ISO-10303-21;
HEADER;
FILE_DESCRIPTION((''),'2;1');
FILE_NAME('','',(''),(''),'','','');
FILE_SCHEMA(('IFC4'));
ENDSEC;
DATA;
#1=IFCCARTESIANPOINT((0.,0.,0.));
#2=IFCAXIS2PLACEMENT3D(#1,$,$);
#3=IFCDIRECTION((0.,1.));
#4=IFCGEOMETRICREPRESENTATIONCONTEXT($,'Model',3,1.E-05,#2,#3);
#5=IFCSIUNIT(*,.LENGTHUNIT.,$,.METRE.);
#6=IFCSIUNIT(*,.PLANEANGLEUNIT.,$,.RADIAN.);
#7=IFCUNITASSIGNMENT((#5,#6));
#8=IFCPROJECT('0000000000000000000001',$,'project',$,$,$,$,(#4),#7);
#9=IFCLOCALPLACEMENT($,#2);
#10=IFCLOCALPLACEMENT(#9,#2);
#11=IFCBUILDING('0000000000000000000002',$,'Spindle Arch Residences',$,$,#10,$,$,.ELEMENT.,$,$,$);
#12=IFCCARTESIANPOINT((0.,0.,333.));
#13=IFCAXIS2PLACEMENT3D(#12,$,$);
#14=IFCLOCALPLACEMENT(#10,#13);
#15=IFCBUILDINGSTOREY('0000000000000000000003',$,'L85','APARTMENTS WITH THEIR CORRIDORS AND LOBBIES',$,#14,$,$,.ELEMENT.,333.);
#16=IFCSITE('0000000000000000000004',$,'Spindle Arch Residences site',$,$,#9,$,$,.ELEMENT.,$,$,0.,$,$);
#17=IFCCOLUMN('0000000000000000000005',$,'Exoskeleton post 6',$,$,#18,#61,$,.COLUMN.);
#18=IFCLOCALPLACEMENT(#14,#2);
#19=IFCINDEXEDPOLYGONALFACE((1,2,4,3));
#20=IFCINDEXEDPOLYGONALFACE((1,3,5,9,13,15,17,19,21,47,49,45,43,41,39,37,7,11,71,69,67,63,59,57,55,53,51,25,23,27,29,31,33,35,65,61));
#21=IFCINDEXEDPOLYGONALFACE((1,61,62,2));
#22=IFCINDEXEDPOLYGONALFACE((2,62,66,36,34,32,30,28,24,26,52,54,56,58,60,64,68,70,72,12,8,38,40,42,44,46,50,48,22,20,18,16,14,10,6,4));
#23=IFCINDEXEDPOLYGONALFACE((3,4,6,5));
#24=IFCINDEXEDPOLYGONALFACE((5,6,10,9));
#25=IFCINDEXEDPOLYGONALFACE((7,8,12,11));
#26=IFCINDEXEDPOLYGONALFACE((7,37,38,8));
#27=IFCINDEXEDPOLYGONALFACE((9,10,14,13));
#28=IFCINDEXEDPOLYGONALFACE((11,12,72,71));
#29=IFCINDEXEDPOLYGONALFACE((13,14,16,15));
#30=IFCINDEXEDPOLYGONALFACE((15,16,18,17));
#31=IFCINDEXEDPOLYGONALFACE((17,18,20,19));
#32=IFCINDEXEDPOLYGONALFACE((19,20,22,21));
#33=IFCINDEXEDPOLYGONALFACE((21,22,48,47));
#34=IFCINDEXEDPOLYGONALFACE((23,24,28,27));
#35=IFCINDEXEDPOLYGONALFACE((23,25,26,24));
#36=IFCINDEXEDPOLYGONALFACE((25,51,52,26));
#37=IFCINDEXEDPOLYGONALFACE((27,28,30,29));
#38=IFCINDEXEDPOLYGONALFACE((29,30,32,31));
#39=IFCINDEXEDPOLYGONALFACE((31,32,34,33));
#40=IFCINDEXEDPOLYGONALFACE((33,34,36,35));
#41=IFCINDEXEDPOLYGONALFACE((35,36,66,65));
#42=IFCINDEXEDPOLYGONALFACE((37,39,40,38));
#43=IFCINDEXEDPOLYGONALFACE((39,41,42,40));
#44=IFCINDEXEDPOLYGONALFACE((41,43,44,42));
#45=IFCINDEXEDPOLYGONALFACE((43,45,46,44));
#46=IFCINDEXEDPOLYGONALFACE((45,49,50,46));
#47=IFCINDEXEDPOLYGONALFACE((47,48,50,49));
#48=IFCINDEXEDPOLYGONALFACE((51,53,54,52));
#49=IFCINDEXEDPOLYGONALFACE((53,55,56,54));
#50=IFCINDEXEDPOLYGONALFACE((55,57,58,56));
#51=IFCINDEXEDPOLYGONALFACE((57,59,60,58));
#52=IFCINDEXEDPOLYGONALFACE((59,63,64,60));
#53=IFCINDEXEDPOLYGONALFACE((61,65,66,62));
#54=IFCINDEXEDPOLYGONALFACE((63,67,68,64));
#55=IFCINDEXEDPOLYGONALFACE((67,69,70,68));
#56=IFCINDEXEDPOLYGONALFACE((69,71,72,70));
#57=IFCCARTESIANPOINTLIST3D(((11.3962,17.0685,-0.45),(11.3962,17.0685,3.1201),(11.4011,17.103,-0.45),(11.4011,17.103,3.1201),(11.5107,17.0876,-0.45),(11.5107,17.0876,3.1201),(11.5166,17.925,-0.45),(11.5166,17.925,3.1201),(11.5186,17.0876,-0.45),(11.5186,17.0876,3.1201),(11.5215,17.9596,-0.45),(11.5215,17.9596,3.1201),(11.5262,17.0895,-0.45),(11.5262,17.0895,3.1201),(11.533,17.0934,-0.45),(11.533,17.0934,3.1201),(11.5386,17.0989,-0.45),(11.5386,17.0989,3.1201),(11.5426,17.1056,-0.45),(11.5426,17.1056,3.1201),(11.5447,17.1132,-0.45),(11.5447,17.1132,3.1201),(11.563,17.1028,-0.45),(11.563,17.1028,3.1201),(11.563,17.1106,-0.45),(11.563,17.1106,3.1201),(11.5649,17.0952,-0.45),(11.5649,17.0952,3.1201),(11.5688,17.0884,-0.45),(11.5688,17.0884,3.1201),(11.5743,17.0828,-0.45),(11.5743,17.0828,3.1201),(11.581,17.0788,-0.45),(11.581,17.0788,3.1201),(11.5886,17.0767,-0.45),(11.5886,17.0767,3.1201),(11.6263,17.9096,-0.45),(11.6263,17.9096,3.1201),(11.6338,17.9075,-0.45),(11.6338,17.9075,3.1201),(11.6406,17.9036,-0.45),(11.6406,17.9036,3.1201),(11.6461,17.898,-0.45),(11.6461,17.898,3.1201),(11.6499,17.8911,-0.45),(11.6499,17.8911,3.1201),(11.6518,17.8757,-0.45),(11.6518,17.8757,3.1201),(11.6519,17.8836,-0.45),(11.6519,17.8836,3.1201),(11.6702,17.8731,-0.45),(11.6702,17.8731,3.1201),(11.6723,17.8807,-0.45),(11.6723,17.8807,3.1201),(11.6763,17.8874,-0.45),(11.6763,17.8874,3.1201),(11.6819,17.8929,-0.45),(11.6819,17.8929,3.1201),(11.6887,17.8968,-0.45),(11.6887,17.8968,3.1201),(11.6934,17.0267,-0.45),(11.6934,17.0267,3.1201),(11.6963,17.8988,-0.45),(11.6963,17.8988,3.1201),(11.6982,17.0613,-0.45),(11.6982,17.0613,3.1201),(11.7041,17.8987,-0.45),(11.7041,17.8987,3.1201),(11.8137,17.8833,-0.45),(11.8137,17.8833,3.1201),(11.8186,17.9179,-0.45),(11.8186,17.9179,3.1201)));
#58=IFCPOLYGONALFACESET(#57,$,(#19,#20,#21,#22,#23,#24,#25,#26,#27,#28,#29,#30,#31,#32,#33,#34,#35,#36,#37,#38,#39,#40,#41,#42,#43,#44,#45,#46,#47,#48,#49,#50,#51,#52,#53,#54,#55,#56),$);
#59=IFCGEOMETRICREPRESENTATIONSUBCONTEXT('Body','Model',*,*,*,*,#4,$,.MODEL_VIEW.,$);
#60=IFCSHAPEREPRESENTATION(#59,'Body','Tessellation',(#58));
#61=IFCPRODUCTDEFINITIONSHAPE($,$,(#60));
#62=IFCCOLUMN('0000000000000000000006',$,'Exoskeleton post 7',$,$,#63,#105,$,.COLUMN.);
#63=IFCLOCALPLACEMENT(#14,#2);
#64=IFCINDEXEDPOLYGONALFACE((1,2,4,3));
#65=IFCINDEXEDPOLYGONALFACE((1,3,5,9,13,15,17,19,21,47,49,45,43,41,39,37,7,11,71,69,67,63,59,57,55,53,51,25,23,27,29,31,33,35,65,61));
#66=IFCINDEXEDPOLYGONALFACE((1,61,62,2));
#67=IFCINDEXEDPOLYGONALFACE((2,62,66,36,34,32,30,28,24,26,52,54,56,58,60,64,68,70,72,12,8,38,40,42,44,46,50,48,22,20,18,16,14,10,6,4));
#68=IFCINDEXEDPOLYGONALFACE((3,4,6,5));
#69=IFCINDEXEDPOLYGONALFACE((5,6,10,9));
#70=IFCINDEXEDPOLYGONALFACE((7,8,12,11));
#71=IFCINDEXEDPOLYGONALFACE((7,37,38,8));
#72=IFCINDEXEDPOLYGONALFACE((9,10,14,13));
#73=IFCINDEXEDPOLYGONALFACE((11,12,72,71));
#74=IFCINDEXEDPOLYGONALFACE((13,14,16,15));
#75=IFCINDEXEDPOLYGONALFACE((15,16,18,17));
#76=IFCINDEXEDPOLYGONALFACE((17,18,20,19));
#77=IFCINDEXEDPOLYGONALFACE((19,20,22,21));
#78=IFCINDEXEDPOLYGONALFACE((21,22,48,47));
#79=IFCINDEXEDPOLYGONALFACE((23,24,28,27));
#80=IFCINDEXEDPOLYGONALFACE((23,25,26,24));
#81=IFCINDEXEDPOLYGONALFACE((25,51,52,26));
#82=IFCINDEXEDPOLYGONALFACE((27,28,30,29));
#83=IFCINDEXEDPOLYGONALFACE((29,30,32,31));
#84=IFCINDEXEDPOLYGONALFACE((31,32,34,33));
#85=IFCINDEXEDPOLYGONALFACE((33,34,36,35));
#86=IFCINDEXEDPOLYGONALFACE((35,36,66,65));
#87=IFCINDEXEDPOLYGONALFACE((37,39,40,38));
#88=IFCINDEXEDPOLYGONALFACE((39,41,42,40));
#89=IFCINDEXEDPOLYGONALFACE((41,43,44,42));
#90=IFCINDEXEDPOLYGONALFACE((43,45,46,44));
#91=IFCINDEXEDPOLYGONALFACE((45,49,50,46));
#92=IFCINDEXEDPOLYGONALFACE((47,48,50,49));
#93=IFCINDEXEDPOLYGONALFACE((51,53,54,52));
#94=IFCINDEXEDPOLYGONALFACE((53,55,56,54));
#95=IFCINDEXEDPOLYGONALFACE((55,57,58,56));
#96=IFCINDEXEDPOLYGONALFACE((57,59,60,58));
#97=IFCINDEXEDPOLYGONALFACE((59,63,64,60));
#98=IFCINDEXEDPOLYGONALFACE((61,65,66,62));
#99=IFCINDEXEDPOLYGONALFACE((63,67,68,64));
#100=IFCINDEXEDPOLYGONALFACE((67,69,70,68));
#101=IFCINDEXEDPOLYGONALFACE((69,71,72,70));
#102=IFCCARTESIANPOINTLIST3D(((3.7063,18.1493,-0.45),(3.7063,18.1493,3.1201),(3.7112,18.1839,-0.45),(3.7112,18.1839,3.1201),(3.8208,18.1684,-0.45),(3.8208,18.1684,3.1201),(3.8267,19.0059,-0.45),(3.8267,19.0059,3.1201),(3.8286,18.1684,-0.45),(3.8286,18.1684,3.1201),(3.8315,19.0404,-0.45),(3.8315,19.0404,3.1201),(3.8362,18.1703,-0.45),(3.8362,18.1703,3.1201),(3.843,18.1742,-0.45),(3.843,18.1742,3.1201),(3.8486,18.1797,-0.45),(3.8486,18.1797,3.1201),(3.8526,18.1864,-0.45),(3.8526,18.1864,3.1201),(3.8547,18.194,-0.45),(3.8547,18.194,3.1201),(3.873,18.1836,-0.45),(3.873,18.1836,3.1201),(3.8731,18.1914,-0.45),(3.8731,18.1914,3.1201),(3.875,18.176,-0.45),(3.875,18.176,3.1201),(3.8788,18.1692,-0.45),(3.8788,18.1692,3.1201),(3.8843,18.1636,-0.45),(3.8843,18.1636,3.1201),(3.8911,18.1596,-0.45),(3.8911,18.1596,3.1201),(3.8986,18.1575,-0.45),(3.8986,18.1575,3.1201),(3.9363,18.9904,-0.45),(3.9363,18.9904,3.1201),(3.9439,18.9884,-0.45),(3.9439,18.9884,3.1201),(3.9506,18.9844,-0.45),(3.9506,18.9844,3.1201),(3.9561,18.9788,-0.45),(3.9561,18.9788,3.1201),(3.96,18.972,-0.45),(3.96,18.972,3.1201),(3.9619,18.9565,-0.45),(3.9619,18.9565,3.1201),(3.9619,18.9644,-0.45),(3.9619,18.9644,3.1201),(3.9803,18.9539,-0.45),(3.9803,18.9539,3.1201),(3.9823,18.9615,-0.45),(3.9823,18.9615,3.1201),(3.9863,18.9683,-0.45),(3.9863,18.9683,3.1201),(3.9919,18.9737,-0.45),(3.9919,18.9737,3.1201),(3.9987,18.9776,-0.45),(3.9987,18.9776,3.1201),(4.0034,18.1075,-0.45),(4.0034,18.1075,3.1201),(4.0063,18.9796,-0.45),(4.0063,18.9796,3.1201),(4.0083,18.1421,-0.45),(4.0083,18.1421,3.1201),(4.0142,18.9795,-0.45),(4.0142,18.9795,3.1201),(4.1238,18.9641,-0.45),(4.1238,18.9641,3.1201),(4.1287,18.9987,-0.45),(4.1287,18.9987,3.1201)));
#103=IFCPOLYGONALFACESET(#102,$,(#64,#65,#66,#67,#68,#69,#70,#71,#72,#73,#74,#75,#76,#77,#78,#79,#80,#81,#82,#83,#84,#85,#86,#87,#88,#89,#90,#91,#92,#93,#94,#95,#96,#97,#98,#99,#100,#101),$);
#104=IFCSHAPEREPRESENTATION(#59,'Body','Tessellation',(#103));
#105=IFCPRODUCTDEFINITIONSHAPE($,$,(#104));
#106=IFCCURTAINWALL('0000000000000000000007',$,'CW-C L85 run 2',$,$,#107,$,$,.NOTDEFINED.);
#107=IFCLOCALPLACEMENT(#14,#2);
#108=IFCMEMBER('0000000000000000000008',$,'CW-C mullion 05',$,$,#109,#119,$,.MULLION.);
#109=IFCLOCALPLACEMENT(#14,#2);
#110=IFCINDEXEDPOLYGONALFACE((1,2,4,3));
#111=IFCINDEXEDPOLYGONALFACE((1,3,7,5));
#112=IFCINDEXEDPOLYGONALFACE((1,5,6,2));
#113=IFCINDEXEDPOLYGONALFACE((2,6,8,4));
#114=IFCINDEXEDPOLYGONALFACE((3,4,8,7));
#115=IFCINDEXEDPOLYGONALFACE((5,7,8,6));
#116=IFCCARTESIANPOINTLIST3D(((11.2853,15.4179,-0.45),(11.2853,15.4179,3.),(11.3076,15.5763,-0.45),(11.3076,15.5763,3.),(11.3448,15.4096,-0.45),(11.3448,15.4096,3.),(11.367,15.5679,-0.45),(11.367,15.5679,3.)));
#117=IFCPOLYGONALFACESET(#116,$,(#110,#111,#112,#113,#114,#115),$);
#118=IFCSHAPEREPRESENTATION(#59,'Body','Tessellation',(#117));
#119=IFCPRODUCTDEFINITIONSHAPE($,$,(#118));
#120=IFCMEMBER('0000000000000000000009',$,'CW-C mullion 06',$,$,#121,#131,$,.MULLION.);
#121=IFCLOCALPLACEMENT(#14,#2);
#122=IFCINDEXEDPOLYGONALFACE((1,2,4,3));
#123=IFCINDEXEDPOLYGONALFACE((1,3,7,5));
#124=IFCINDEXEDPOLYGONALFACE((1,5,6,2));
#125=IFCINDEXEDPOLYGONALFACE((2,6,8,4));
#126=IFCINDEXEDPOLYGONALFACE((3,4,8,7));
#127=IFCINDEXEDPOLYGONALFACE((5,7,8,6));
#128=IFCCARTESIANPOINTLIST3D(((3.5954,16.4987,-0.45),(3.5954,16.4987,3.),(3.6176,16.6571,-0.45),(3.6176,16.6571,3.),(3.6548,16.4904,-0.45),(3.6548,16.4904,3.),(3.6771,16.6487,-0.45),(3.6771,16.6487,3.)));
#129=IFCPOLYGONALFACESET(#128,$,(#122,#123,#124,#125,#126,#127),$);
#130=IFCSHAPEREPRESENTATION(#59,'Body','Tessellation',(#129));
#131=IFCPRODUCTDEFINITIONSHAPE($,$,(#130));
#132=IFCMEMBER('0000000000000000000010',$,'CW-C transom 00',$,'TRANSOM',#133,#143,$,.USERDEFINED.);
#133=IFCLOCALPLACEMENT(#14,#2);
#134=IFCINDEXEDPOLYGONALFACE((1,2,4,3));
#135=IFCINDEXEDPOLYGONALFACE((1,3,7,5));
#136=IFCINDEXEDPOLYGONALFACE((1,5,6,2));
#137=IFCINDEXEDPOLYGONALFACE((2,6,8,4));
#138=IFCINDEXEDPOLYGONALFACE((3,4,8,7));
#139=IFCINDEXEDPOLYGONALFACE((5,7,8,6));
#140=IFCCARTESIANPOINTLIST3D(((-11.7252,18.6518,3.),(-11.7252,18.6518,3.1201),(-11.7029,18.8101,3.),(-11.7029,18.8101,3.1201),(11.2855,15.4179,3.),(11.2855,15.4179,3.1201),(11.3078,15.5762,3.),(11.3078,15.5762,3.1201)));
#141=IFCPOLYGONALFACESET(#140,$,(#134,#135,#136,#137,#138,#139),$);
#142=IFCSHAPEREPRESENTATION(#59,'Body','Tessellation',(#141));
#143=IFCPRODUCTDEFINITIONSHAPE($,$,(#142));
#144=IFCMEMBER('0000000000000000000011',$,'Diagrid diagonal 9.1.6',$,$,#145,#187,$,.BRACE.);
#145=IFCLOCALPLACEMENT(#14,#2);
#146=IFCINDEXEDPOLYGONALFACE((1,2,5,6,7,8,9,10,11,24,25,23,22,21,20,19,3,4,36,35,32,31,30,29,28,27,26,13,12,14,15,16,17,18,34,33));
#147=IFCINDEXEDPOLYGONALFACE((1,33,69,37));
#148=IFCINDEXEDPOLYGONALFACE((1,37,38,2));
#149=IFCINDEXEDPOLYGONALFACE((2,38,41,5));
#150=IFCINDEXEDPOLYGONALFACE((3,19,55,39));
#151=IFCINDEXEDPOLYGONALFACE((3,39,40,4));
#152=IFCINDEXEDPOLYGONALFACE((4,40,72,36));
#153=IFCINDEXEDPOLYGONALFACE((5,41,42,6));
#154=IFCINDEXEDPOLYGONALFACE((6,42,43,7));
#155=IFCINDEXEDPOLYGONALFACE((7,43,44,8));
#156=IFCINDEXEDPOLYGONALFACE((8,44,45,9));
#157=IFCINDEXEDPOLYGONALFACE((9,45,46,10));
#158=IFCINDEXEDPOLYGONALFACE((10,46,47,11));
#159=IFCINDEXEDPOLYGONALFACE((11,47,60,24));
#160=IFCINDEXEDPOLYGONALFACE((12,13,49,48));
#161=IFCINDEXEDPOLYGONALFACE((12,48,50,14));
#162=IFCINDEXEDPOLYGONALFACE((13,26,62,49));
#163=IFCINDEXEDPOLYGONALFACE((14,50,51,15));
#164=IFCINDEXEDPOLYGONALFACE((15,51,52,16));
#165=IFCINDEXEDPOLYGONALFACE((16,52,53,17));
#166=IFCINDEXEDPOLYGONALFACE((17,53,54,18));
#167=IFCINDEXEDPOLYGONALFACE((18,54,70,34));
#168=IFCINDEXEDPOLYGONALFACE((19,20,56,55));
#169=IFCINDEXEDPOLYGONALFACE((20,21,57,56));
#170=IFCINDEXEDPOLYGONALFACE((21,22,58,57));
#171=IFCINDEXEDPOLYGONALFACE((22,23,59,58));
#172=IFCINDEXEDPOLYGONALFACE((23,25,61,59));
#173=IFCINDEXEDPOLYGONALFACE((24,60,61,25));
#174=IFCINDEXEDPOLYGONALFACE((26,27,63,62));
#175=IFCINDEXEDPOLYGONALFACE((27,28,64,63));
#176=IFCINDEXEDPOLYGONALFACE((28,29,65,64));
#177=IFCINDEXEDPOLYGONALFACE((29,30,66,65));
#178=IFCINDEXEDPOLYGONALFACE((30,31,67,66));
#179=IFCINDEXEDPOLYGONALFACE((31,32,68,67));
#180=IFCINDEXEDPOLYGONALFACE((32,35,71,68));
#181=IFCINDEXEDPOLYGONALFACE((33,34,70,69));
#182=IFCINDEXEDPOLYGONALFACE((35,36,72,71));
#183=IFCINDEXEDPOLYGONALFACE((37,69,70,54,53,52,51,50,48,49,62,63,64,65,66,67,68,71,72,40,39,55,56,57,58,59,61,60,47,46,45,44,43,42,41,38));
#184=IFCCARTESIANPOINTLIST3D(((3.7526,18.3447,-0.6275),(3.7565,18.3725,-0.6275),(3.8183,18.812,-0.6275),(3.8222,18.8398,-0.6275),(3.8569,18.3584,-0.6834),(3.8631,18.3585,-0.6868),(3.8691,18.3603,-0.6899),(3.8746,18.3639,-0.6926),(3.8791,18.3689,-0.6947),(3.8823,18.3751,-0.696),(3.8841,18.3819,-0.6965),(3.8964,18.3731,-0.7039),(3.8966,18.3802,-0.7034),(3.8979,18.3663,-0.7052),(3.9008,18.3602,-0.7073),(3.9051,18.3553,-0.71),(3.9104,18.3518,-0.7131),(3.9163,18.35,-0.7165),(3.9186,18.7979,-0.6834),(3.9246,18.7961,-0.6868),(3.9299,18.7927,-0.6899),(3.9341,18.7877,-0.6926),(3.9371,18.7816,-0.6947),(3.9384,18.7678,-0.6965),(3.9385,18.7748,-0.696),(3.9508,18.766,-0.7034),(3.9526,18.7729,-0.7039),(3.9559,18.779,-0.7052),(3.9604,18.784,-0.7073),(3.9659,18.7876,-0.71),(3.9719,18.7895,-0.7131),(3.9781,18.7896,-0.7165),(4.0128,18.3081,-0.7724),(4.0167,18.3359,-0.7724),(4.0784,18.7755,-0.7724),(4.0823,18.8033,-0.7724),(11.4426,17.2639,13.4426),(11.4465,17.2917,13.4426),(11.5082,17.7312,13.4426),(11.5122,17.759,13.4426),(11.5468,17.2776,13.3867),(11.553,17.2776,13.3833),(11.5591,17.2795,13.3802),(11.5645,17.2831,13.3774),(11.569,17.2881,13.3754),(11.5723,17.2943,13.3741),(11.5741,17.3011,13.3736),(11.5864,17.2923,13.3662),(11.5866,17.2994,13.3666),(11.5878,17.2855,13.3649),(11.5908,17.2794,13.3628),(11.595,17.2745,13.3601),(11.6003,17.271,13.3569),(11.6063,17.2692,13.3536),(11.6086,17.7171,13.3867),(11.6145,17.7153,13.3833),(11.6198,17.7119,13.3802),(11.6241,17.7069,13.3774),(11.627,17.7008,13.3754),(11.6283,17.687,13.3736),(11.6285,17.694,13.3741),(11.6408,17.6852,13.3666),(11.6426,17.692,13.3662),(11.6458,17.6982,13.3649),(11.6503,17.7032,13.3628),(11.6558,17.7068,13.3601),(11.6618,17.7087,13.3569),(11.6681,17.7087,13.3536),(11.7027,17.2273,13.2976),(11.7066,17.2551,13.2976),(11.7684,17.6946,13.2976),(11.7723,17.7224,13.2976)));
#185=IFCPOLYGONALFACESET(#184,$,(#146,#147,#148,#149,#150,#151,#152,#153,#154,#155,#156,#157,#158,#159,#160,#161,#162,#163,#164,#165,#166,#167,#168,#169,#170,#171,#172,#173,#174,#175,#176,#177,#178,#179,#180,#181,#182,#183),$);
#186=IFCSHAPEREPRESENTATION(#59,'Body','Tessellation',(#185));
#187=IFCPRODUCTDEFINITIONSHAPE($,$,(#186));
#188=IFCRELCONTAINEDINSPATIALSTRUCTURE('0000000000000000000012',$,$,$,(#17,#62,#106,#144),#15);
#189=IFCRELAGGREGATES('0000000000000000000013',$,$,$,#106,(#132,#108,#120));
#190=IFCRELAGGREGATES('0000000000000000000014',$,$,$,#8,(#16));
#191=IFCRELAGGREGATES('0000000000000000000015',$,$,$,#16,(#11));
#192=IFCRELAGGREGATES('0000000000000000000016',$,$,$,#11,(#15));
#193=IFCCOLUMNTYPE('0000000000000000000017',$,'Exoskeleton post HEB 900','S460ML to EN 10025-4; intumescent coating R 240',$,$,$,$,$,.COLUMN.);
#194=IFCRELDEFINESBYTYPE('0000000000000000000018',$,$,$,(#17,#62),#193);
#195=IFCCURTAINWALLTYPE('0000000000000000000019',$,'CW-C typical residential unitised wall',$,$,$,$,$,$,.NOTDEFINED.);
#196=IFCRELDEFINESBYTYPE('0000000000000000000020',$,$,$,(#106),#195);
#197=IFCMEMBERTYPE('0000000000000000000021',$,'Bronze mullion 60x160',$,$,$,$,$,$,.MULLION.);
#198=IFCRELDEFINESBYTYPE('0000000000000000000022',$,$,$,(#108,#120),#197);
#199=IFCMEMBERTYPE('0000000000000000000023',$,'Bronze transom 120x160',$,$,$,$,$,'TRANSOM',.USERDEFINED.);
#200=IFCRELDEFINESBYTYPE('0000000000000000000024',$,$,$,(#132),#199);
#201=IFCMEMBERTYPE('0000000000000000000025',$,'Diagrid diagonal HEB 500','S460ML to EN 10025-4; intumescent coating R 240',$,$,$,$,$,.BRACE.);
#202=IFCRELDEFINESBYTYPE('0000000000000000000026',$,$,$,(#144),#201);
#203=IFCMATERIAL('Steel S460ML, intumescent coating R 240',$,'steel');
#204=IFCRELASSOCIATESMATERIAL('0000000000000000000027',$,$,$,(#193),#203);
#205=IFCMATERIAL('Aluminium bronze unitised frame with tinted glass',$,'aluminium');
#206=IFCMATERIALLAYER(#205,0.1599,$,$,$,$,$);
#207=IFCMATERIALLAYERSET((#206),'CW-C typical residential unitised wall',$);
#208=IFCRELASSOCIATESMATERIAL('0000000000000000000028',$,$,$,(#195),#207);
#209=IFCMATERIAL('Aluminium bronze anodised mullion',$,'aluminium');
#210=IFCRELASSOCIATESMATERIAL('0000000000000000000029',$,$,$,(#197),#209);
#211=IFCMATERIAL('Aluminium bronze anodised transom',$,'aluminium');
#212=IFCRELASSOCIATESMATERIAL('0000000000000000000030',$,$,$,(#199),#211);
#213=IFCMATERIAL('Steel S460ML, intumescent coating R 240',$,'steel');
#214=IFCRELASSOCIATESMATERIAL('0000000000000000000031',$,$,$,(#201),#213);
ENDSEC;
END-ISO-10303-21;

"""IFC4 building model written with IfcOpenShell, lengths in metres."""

from ifc_helpers import new_model, si_unit, direction, frame, origin, origin_2d, place, context, subcontext, project, spatial, rectangle, i_section, extrude, material, layer, layer_set, material_profile, profile_set, type_object, element, aggregate, save


model = new_model("IFC4")

# Units and contexts
model_context = context("Model", 3, precision=1e-05, world=origin(), true_north=direction((0.0, 1.0)))
body_context = subcontext(model_context, "Body", "Model", "MODEL_VIEW")
ifc_project = project(units=[si_unit("LENGTHUNIT", "METRE"), si_unit("PLANEANGLEUNIT", "RADIAN")], contexts=[model_context])

# Site, building, storey
site_placement = place(None, origin())
site = spatial("IfcSite", under=ifc_project, at=site_placement, Name="Spindle Arch Residences site", CompositionType="ELEMENT", RefElevation=0.0)
building_placement = place(site_placement, origin())
building = spatial("IfcBuilding", under=site, at=building_placement, Name="Spindle Arch Residences", CompositionType="ELEMENT")
storey_placement = place(building_placement, frame((0.0, 0.0, 333.0)))
storey = spatial("IfcBuildingStorey", under=building, at=storey_placement, Name="L85", Description="APARTMENTS WITH THEIR CORRIDORS AND LOBBIES", CompositionType="ELEMENT", Elevation=333.0)

# Columns
ifc_material_1 = material(Name="Steel S460ML, intumescent coating R 240", Category="steel")
ifc_material_profile_1 = material_profile(ifc_material_1, i_section(OverallWidth=0.3, OverallDepth=0.8999, WebThickness=0.0186, FlangeThickness=0.0349, FilletRadius=0.03, at=origin_2d()), Name="HEB 900")
ifc_profile_set_1 = profile_set([ifc_material_profile_1], Name="Steel S460ML, intumescent coating R 240")
column_type = type_object("IfcColumnType", Name="Exoskeleton post HEB 900", Description="S460ML to EN 10025-4; intumescent coating R 240", PredefinedType="COLUMN", material=ifc_profile_set_1)
for number, where, z_axis, x_axis, name in (
    (1, (11.6074, 17.4932, -0.45), (0.0, 0.0, 1.0), (0.990268, -0.139173, 0.0), "Exoskeleton post 6"),
    (2, (3.9175, 18.574, -0.45), (0.0, 0.0, 1.0), (0.990268, -0.139173, 0.0), "Exoskeleton post 7"),
):
    element("IfcColumn", number, at=place(storey_placement, frame(where, z_axis=z_axis, x_axis=x_axis)), inside=storey, type_object=column_type, Name=name, PredefinedType="COLUMN", context=body_context, shape_type="SweptSolid", body=[
        extrude(i_section(OverallWidth=0.3, OverallDepth=0.8999, WebThickness=0.0186, FlangeThickness=0.0349, FilletRadius=0.03, at=origin_2d()), origin(), (0.0, 0.0, 1.0), 3.5701),
    ])

# Curtain wall, members
ifc_material_2 = material(Name="Aluminium bronze unitised frame with tinted glass", Category="aluminium")
ifc_layer_1 = layer(ifc_material_2, 0.1599)
ifc_layer_set_1 = layer_set([ifc_layer_1], Name="CW-C typical residential unitised wall")
curtain_wall_type_1 = type_object("IfcCurtainWallType", Name="CW-C typical residential unitised wall", PredefinedType="NOTDEFINED", material=ifc_layer_set_1)
curtain_wall_1_placement = place(storey_placement, origin())
curtain_wall_1 = element("IfcCurtainWall", 3, at=curtain_wall_1_placement, inside=storey, type_object=curtain_wall_type_1, Name="CW-C L85 run 2", PredefinedType="NOTDEFINED")
ifc_material_3 = material(Name="Aluminium bronze anodised mullion", Category="aluminium")
ifc_material_profile_2 = material_profile(ifc_material_3, rectangle(XDim=0.1599, YDim=0.0601, at=origin_2d()), Name="MU 60x160")
ifc_profile_set_2 = profile_set([ifc_material_profile_2], Name="Aluminium bronze anodised mullion")
member_type_1 = type_object("IfcMemberType", Name="Bronze mullion 60x160", PredefinedType="MULLION", material=ifc_profile_set_2)
member_1_placement = place(storey_placement, frame((11.3262, 15.4929, -0.45), z_axis=(0.0, 0.0, 1.0), x_axis=(-0.139173, -0.990268, 0.0)))
member_1 = element("IfcMember", 4, at=member_1_placement, type_object=member_type_1, Name="CW-C mullion 05", PredefinedType="MULLION", context=body_context, shape_type="SweptSolid", body=[
    extrude(rectangle(XDim=0.1599, YDim=0.0601, at=origin_2d()), origin(), (0.0, 0.0, 1.0), 3.45),
])
member_2_placement = place(storey_placement, frame((3.6362, 16.5737, -0.45), z_axis=(0.0, 0.0, 1.0), x_axis=(-0.139173, -0.990268, 0.0)))
member_2 = element("IfcMember", 5, at=member_2_placement, type_object=member_type_1, Name="CW-C mullion 06", PredefinedType="MULLION", context=body_context, shape_type="SweptSolid", body=[
    extrude(rectangle(XDim=0.1599, YDim=0.0601, at=origin_2d()), origin(), (0.0, 0.0, 1.0), 3.45),
])
ifc_material_4 = material(Name="Aluminium bronze anodised transom", Category="aluminium")
ifc_material_profile_3 = material_profile(ifc_material_4, rectangle(XDim=0.1599, YDim=0.1201, at=origin_2d()), Name="TR 120x160")
ifc_profile_set_3 = profile_set([ifc_material_profile_3], Name="Aluminium bronze anodised transom")
member_type_2 = type_object("IfcMemberType", Name="Bronze transom 120x160", ElementType="TRANSOM", PredefinedType="USERDEFINED", material=ifc_profile_set_3)
member_3_placement = place(storey_placement, frame((11.2966, 15.4971, 3.0601), z_axis=(-0.990268, 0.13917, 0.0), x_axis=(-0.13917, -0.990268, 0.0)))
member_3 = element("IfcMember", 6, at=member_3_placement, type_object=member_type_2, Name="CW-C transom 00", ObjectType="TRANSOM", PredefinedType="USERDEFINED", context=body_context, shape_type="SweptSolid", body=[
    extrude(rectangle(XDim=0.1599, YDim=0.1201, at=origin_2d()), origin(), (0.0, 0.0, 1.0), 23.2368),
])

# Member
ifc_material_5 = material(Name="Steel S460ML, intumescent coating R 240", Category="steel")
ifc_material_profile_4 = material_profile(ifc_material_5, i_section(OverallWidth=0.3, OverallDepth=0.5, WebThickness=0.0144, FlangeThickness=0.0281, FilletRadius=0.0271, at=origin_2d()), Name="HEB 500")
ifc_profile_set_4 = profile_set([ifc_material_profile_4], Name="Steel S460ML, intumescent coating R 240")
member_type_3 = type_object("IfcMemberType", Name="Diagrid diagonal HEB 500", Description="S460ML to EN 10025-4; intumescent coating R 240", PredefinedType="BRACE", material=ifc_profile_set_4)
for number, where, z_axis, x_axis, name in (
    (7, (3.9175, 18.574, -0.7), (0.478504, -0.067253, 0.875506), (-0.866985, 0.121853, 0.483207), "Diagrid diagonal 9.1.6"),
):
    element("IfcMember", number, at=place(storey_placement, frame(where, z_axis=z_axis, x_axis=x_axis)), inside=storey, type_object=member_type_3, Name=name, PredefinedType="BRACE", context=body_context, shape_type="SweptSolid", body=[
        extrude(i_section(OverallWidth=0.3, OverallDepth=0.5, WebThickness=0.0144, FlangeThickness=0.0281, FilletRadius=0.0271, at=origin_2d()), origin(), (0.0, 0.0, 1.0), 16.0708),
    ])

aggregate(curtain_wall_1, [member_3, member_1, member_2])

save(model, "model.ifc")
